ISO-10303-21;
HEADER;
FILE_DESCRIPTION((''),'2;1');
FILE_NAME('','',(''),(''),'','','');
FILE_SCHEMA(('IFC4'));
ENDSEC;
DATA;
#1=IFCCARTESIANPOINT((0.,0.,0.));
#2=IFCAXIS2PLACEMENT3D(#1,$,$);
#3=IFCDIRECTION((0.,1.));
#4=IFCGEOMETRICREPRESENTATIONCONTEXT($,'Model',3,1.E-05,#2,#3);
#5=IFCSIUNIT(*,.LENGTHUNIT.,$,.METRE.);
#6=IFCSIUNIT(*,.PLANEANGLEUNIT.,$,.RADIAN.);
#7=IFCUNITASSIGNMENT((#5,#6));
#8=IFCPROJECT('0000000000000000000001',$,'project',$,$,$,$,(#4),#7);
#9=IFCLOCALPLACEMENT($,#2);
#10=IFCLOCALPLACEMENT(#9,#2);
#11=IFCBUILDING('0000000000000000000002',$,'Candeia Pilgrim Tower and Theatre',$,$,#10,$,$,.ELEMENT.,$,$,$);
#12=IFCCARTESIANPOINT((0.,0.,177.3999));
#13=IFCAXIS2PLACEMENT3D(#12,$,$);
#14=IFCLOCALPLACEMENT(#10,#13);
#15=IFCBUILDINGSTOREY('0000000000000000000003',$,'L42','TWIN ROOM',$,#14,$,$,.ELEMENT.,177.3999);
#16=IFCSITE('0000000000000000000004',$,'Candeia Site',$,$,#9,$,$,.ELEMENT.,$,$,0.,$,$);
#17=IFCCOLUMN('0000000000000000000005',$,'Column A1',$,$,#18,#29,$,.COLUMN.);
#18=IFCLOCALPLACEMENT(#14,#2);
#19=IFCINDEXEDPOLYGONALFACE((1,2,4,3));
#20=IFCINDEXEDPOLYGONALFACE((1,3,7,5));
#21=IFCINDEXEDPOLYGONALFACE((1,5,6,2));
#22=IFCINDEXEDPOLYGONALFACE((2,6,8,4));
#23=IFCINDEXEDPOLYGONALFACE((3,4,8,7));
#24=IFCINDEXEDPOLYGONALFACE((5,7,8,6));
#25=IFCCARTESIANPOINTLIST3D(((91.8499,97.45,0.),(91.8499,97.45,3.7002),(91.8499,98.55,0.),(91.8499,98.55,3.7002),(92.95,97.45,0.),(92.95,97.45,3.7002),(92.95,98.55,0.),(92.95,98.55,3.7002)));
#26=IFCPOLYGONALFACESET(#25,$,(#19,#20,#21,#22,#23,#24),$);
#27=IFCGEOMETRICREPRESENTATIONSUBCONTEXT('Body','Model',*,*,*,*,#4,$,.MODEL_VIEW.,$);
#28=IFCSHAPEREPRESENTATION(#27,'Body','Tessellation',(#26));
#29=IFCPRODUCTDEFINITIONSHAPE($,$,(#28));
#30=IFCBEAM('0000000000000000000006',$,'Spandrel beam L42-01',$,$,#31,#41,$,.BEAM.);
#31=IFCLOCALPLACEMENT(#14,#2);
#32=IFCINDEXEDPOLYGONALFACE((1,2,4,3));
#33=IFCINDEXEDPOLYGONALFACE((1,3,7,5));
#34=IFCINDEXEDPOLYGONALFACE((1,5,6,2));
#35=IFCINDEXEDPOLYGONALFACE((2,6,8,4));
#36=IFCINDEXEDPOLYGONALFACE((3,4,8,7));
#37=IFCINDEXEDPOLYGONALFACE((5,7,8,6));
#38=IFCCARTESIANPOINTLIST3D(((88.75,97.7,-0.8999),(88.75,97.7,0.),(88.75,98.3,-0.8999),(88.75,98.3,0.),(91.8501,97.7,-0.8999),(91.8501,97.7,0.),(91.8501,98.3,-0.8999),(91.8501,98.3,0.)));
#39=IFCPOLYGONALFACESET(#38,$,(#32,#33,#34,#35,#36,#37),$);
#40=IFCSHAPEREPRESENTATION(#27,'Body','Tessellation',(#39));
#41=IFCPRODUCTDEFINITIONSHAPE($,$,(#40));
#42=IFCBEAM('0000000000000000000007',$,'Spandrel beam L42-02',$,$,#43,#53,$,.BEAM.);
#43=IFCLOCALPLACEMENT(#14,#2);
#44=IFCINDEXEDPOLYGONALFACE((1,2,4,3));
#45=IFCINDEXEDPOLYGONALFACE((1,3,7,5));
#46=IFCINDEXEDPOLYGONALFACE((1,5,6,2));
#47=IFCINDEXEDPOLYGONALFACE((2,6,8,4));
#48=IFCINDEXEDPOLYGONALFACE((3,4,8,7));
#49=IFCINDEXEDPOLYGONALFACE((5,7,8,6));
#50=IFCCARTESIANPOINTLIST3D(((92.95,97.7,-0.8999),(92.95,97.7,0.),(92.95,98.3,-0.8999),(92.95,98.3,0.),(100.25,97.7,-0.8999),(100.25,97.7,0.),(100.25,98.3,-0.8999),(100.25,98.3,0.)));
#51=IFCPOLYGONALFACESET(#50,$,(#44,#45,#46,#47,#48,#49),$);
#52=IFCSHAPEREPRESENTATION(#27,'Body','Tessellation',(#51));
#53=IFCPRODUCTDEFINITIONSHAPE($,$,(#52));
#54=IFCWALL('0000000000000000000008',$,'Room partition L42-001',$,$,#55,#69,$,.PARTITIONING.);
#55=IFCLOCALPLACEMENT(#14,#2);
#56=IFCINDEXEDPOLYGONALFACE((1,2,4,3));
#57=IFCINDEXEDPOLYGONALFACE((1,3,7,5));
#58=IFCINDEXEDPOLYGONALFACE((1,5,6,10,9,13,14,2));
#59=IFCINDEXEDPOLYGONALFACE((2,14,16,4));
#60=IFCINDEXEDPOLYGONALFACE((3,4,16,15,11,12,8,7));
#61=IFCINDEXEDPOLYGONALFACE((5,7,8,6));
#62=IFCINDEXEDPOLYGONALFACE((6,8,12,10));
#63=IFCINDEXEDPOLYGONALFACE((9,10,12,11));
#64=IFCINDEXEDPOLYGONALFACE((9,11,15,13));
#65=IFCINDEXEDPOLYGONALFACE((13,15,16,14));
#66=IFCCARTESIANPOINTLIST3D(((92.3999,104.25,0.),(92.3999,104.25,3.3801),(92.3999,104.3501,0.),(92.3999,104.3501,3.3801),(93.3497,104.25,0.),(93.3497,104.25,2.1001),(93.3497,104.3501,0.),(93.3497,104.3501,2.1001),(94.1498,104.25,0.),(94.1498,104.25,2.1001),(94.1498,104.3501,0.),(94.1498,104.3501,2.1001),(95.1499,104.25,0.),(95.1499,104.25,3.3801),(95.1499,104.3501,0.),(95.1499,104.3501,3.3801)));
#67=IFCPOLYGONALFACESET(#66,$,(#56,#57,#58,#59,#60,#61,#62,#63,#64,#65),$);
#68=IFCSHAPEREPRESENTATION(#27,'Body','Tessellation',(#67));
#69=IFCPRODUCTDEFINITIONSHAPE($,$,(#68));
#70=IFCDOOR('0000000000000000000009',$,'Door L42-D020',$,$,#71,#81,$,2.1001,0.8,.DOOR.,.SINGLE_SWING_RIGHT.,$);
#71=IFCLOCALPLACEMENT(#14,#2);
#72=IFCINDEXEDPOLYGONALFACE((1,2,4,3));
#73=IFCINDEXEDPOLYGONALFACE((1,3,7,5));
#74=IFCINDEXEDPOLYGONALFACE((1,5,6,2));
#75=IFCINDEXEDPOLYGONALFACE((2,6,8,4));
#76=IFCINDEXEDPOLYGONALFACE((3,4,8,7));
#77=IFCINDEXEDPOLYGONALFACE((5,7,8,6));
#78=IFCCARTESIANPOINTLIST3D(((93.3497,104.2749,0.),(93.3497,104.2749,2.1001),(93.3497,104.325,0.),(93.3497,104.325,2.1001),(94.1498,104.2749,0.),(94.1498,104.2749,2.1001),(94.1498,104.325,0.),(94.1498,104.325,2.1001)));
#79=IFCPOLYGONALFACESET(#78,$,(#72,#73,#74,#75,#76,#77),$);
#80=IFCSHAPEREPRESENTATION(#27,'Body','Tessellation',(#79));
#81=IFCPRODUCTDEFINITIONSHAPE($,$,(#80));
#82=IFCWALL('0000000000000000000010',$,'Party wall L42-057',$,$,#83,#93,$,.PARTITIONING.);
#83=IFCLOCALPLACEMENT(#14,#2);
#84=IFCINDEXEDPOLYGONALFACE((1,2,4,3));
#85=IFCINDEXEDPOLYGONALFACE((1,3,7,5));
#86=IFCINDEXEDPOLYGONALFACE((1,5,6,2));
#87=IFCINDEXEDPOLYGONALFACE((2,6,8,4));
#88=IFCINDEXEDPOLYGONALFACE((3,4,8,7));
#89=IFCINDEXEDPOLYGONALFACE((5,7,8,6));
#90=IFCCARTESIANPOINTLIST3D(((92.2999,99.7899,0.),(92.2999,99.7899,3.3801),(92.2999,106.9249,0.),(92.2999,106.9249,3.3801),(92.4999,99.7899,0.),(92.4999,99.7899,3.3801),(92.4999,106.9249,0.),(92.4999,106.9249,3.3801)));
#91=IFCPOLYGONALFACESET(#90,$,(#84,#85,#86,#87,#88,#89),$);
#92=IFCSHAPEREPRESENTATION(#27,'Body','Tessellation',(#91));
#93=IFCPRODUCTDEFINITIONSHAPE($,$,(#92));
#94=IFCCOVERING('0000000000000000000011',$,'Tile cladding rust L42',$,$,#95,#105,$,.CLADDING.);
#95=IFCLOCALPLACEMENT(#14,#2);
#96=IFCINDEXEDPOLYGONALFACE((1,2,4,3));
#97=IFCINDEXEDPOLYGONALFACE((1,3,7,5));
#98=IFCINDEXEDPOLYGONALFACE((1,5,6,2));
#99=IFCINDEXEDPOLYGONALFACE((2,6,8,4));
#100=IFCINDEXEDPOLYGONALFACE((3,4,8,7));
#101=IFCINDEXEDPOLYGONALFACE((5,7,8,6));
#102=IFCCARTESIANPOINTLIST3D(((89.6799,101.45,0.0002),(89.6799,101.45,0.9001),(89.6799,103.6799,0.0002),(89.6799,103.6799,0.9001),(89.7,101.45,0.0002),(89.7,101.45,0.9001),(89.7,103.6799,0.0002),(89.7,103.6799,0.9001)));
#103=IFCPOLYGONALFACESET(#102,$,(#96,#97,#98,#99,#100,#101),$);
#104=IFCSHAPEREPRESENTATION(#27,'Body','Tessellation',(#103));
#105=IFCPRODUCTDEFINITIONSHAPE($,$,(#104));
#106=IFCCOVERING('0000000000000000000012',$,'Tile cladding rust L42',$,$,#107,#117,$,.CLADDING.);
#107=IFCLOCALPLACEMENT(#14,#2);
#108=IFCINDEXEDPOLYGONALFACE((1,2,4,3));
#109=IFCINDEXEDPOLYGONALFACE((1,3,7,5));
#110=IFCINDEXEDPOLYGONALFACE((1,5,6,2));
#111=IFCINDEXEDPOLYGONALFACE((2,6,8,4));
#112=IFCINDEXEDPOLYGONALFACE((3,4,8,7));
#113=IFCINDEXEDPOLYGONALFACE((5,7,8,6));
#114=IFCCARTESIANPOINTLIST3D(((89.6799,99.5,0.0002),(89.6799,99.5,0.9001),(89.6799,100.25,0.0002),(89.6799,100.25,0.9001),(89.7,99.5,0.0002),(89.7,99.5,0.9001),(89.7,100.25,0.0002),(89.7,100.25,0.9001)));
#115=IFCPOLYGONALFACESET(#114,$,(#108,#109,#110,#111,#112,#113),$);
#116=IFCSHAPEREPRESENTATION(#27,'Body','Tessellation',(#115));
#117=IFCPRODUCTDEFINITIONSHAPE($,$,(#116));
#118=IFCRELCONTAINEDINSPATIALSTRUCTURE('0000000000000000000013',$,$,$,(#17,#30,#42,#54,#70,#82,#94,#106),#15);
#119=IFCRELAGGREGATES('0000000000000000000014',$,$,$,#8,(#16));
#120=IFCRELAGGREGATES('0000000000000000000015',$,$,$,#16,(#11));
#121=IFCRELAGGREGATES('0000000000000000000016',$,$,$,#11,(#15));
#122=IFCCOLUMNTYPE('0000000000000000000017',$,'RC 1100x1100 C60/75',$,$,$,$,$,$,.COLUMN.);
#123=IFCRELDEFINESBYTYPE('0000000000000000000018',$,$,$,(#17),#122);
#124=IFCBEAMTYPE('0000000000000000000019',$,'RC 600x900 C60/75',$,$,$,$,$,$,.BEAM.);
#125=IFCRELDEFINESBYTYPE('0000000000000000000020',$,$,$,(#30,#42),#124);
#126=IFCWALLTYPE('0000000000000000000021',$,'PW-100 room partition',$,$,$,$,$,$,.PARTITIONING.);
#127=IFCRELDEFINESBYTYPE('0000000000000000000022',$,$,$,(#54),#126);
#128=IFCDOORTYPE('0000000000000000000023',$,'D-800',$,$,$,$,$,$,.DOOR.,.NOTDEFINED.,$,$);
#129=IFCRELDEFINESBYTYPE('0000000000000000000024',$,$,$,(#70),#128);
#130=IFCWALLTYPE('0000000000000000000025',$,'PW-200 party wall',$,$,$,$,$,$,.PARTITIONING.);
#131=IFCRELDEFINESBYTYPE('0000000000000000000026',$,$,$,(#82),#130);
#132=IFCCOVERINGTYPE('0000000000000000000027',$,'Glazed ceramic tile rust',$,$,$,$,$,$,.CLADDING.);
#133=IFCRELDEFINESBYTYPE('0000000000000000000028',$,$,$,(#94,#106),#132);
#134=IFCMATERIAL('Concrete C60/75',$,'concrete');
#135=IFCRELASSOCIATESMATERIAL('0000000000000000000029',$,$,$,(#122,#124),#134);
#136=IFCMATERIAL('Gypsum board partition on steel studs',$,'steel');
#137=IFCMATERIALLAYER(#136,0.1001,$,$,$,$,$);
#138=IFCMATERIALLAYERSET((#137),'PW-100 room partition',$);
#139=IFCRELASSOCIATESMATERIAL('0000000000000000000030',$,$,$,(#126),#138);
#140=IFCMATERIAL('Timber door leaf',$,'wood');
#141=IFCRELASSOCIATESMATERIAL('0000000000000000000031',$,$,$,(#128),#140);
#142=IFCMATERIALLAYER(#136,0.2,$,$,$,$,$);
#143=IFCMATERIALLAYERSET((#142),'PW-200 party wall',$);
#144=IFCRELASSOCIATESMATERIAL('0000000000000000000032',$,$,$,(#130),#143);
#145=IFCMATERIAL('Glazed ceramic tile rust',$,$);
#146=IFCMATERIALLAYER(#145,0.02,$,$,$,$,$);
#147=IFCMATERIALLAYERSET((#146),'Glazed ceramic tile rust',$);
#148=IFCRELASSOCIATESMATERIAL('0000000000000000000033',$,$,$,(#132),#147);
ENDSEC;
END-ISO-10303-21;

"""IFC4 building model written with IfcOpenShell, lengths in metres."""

from ifc_helpers import new_model, si_unit, direction, frame, frame_2d, origin, origin_2d, place, context, subcontext, project, spatial, rectangle, extrude, material, layer, layer_set, material_profile, profile_set, type_object, element, fill, save


model = new_model("IFC4")

# Units and contexts
model_context = context("Model", 3, precision=1e-05, world=origin(), true_north=direction((0.0, 1.0)))
body_context = subcontext(model_context, "Body", "Model", "MODEL_VIEW")
ifc_project = project(units=[si_unit("LENGTHUNIT", "METRE"), si_unit("PLANEANGLEUNIT", "RADIAN")], contexts=[model_context])

# Site, building, storey
site_placement = place(None, origin())
site = spatial("IfcSite", under=ifc_project, at=site_placement, Name="Candeia Site", CompositionType="ELEMENT", RefElevation=0.0)
building_placement = place(site_placement, origin())
building = spatial("IfcBuilding", under=site, at=building_placement, Name="Candeia Pilgrim Tower and Theatre", CompositionType="ELEMENT")
storey_placement = place(building_placement, frame((0.0, 0.0, 177.3999)))
storey = spatial("IfcBuildingStorey", under=building, at=storey_placement, Name="L42", Description="TWIN ROOM", CompositionType="ELEMENT", Elevation=177.3999)

# Column
ifc_material_1 = material(Name="Concrete C60/75", Category="concrete")
ifc_material_profile_1 = material_profile(ifc_material_1, rectangle(XDim=1.1001, YDim=1.1001, at=origin_2d()))
ifc_profile_set_1 = profile_set([ifc_material_profile_1], Name="Concrete C60/75")
column_type = type_object("IfcColumnType", Name="RC 1100x1100 C60/75", PredefinedType="COLUMN", material=ifc_profile_set_1)
column_placement = place(storey_placement, frame((92.3999, 98.0, 0.0), z_axis=(0.0, 0.0, 1.0), x_axis=(1.0, 0.0, 0.0)))
element("IfcColumn", 1, at=column_placement, inside=storey, type_object=column_type, Name="Column A1", PredefinedType="COLUMN", context=body_context, shape_type="SweptSolid", body=[
    extrude(rectangle(XDim=1.1001, YDim=1.1001, at=origin_2d()), origin(), (0.0, 0.0, 1.0), 3.7002),
])

# Beams
ifc_material_profile_2 = material_profile(ifc_material_1, rectangle(XDim=0.6001, YDim=0.8999, at=origin_2d()))
ifc_profile_set_2 = profile_set([ifc_material_profile_2], Name="Concrete C60/75")
beam_type = type_object("IfcBeamType", Name="RC 600x900 C60/75", PredefinedType="BEAM", material=ifc_profile_set_2)
beam_1_placement = place(storey_placement, frame((88.75, 98.0, -0.45), z_axis=(1.0, 0.0, 0.0), x_axis=(0.0, 1.0, 0.0)))
element("IfcBeam", 2, at=beam_1_placement, inside=storey, type_object=beam_type, Name="Spandrel beam L42-01", PredefinedType="BEAM", context=body_context, shape_type="SweptSolid", body=[
    extrude(rectangle(XDim=0.6001, YDim=0.8999, at=origin_2d()), origin(), (0.0, 0.0, 1.0), 3.1001),
])
beam_2_placement = place(storey_placement, frame((92.95, 98.0, -0.45), z_axis=(1.0, 0.0, 0.0), x_axis=(0.0, 1.0, 0.0)))
element("IfcBeam", 3, at=beam_2_placement, inside=storey, type_object=beam_type, Name="Spandrel beam L42-02", PredefinedType="BEAM", context=body_context, shape_type="SweptSolid", body=[
    extrude(rectangle(XDim=0.6001, YDim=0.8999, at=origin_2d()), origin(), (0.0, 0.0, 1.0), 7.3),
])

# Wall, opening, door
ifc_material_2 = material(Name="Gypsum board partition on steel studs", Category="steel")
ifc_layer_1 = layer(ifc_material_2, 0.1001)
ifc_layer_set_1 = layer_set([ifc_layer_1], Name="PW-100 room partition")
wall_type_1 = type_object("IfcWallType", Name="PW-100 room partition", PredefinedType="PARTITIONING", material=ifc_layer_set_1)
wall_1_placement = place(storey_placement, frame((92.3999, 104.3, 0.0), z_axis=(0.0, 0.0, 1.0), x_axis=(1.0, 0.0, 0.0)))
wall_1 = element("IfcWall", 4, at=wall_1_placement, inside=storey, type_object=wall_type_1, Name="Room partition L42-001", PredefinedType="PARTITIONING", context=body_context, shape_type="SweptSolid", body=[
    extrude(rectangle(XDim=2.75, YDim=0.1001, at=frame_2d((1.375, 0.0))), origin(), (0.0, 0.0, 1.0), 3.3801),
])
opening_1_placement = place(wall_1_placement, frame((0.95, 0.0, 0.0)))
opening_1 = element("IfcOpeningElement", 5, at=opening_1_placement, cuts=wall_1, PredefinedType="OPENING", context=body_context, shape_type="SweptSolid", body=[
    extrude(rectangle(XDim=0.8, YDim=2.1001, at=frame_2d((0.3999, 1.05))), frame((0.0, 0.0601, 0.0), z_axis=(0.0, -1.0, 0.0), x_axis=(1.0, 0.0, 0.0)), (0.0, 0.0, 1.0), 0.1201),
])
ifc_material_3 = material(Name="Timber door leaf", Category="wood")
door_type_1 = type_object("IfcDoorType", Name="D-800", OperationType="NOTDEFINED", PredefinedType="DOOR", material=ifc_material_3)
door_1_placement = place(opening_1_placement, origin())
door_1 = element("IfcDoor", 6, at=door_1_placement, inside=storey, type_object=door_type_1, Name="Door L42-D020", OperationType="SINGLE_SWING_RIGHT", OverallHeight=2.1001, OverallWidth=0.8, PredefinedType="DOOR", context=body_context, shape_type="SweptSolid", body=[
    extrude(rectangle(XDim=0.8, YDim=2.1001, at=frame_2d((0.3999, 1.05))), frame((0.0, 0.0249, 0.0), z_axis=(0.0, -1.0, 0.0), x_axis=(1.0, 0.0, 0.0)), (0.0, 0.0, 1.0), 0.05),
])
fill(opening_1, door_1)

# Wall
ifc_layer_2 = layer(ifc_material_2, 0.2)
ifc_layer_set_2 = layer_set([ifc_layer_2], Name="PW-200 party wall")
wall_type_2 = type_object("IfcWallType", Name="PW-200 party wall", PredefinedType="PARTITIONING", material=ifc_layer_set_2)
wall_2_placement = place(storey_placement, frame((92.3999, 99.79, 0.0), z_axis=(0.0, 0.0, 1.0), x_axis=(0.0, 1.0, 0.0)))
element("IfcWall", 7, at=wall_2_placement, inside=storey, type_object=wall_type_2, Name="Party wall L42-057", PredefinedType="PARTITIONING", context=body_context, shape_type="SweptSolid", body=[
    extrude(rectangle(XDim=7.135, YDim=0.2, at=frame_2d((3.5674, 0.0))), origin(), (0.0, 0.0, 1.0), 3.3801),
])

# Coverings
ifc_material_4 = material(Name="Glazed ceramic tile rust")
ifc_layer_3 = layer(ifc_material_4, 0.02)
ifc_layer_set_3 = layer_set([ifc_layer_3], Name="Glazed ceramic tile rust")
covering_type = type_object("IfcCoveringType", Name="Glazed ceramic tile rust", PredefinedType="CLADDING", material=ifc_layer_set_3)
covering_1_placement = place(storey_placement, frame((89.6899, 102.5649, 0.0002), z_axis=(0.0, 0.0, 1.0), x_axis=(0.0, -1.0, 0.0)))
element("IfcCovering", 8, at=covering_1_placement, inside=storey, type_object=covering_type, Name="Tile cladding rust L42", PredefinedType="CLADDING", context=body_context, shape_type="SweptSolid", body=[
    extrude(rectangle(XDim=2.23, YDim=0.02, at=origin_2d()), origin(), (0.0, 0.0, 1.0), 0.8999),
])
covering_2_placement = place(storey_placement, frame((89.6899, 99.875, 0.0002), z_axis=(0.0, 0.0, 1.0), x_axis=(0.0, -1.0, 0.0)))
element("IfcCovering", 9, at=covering_2_placement, inside=storey, type_object=covering_type, Name="Tile cladding rust L42", PredefinedType="CLADDING", context=body_context, shape_type="SweptSolid", body=[
    extrude(rectangle(XDim=0.75, YDim=0.02, at=origin_2d()), origin(), (0.0, 0.0, 1.0), 0.8999),
])

save(model, "model.ifc")
